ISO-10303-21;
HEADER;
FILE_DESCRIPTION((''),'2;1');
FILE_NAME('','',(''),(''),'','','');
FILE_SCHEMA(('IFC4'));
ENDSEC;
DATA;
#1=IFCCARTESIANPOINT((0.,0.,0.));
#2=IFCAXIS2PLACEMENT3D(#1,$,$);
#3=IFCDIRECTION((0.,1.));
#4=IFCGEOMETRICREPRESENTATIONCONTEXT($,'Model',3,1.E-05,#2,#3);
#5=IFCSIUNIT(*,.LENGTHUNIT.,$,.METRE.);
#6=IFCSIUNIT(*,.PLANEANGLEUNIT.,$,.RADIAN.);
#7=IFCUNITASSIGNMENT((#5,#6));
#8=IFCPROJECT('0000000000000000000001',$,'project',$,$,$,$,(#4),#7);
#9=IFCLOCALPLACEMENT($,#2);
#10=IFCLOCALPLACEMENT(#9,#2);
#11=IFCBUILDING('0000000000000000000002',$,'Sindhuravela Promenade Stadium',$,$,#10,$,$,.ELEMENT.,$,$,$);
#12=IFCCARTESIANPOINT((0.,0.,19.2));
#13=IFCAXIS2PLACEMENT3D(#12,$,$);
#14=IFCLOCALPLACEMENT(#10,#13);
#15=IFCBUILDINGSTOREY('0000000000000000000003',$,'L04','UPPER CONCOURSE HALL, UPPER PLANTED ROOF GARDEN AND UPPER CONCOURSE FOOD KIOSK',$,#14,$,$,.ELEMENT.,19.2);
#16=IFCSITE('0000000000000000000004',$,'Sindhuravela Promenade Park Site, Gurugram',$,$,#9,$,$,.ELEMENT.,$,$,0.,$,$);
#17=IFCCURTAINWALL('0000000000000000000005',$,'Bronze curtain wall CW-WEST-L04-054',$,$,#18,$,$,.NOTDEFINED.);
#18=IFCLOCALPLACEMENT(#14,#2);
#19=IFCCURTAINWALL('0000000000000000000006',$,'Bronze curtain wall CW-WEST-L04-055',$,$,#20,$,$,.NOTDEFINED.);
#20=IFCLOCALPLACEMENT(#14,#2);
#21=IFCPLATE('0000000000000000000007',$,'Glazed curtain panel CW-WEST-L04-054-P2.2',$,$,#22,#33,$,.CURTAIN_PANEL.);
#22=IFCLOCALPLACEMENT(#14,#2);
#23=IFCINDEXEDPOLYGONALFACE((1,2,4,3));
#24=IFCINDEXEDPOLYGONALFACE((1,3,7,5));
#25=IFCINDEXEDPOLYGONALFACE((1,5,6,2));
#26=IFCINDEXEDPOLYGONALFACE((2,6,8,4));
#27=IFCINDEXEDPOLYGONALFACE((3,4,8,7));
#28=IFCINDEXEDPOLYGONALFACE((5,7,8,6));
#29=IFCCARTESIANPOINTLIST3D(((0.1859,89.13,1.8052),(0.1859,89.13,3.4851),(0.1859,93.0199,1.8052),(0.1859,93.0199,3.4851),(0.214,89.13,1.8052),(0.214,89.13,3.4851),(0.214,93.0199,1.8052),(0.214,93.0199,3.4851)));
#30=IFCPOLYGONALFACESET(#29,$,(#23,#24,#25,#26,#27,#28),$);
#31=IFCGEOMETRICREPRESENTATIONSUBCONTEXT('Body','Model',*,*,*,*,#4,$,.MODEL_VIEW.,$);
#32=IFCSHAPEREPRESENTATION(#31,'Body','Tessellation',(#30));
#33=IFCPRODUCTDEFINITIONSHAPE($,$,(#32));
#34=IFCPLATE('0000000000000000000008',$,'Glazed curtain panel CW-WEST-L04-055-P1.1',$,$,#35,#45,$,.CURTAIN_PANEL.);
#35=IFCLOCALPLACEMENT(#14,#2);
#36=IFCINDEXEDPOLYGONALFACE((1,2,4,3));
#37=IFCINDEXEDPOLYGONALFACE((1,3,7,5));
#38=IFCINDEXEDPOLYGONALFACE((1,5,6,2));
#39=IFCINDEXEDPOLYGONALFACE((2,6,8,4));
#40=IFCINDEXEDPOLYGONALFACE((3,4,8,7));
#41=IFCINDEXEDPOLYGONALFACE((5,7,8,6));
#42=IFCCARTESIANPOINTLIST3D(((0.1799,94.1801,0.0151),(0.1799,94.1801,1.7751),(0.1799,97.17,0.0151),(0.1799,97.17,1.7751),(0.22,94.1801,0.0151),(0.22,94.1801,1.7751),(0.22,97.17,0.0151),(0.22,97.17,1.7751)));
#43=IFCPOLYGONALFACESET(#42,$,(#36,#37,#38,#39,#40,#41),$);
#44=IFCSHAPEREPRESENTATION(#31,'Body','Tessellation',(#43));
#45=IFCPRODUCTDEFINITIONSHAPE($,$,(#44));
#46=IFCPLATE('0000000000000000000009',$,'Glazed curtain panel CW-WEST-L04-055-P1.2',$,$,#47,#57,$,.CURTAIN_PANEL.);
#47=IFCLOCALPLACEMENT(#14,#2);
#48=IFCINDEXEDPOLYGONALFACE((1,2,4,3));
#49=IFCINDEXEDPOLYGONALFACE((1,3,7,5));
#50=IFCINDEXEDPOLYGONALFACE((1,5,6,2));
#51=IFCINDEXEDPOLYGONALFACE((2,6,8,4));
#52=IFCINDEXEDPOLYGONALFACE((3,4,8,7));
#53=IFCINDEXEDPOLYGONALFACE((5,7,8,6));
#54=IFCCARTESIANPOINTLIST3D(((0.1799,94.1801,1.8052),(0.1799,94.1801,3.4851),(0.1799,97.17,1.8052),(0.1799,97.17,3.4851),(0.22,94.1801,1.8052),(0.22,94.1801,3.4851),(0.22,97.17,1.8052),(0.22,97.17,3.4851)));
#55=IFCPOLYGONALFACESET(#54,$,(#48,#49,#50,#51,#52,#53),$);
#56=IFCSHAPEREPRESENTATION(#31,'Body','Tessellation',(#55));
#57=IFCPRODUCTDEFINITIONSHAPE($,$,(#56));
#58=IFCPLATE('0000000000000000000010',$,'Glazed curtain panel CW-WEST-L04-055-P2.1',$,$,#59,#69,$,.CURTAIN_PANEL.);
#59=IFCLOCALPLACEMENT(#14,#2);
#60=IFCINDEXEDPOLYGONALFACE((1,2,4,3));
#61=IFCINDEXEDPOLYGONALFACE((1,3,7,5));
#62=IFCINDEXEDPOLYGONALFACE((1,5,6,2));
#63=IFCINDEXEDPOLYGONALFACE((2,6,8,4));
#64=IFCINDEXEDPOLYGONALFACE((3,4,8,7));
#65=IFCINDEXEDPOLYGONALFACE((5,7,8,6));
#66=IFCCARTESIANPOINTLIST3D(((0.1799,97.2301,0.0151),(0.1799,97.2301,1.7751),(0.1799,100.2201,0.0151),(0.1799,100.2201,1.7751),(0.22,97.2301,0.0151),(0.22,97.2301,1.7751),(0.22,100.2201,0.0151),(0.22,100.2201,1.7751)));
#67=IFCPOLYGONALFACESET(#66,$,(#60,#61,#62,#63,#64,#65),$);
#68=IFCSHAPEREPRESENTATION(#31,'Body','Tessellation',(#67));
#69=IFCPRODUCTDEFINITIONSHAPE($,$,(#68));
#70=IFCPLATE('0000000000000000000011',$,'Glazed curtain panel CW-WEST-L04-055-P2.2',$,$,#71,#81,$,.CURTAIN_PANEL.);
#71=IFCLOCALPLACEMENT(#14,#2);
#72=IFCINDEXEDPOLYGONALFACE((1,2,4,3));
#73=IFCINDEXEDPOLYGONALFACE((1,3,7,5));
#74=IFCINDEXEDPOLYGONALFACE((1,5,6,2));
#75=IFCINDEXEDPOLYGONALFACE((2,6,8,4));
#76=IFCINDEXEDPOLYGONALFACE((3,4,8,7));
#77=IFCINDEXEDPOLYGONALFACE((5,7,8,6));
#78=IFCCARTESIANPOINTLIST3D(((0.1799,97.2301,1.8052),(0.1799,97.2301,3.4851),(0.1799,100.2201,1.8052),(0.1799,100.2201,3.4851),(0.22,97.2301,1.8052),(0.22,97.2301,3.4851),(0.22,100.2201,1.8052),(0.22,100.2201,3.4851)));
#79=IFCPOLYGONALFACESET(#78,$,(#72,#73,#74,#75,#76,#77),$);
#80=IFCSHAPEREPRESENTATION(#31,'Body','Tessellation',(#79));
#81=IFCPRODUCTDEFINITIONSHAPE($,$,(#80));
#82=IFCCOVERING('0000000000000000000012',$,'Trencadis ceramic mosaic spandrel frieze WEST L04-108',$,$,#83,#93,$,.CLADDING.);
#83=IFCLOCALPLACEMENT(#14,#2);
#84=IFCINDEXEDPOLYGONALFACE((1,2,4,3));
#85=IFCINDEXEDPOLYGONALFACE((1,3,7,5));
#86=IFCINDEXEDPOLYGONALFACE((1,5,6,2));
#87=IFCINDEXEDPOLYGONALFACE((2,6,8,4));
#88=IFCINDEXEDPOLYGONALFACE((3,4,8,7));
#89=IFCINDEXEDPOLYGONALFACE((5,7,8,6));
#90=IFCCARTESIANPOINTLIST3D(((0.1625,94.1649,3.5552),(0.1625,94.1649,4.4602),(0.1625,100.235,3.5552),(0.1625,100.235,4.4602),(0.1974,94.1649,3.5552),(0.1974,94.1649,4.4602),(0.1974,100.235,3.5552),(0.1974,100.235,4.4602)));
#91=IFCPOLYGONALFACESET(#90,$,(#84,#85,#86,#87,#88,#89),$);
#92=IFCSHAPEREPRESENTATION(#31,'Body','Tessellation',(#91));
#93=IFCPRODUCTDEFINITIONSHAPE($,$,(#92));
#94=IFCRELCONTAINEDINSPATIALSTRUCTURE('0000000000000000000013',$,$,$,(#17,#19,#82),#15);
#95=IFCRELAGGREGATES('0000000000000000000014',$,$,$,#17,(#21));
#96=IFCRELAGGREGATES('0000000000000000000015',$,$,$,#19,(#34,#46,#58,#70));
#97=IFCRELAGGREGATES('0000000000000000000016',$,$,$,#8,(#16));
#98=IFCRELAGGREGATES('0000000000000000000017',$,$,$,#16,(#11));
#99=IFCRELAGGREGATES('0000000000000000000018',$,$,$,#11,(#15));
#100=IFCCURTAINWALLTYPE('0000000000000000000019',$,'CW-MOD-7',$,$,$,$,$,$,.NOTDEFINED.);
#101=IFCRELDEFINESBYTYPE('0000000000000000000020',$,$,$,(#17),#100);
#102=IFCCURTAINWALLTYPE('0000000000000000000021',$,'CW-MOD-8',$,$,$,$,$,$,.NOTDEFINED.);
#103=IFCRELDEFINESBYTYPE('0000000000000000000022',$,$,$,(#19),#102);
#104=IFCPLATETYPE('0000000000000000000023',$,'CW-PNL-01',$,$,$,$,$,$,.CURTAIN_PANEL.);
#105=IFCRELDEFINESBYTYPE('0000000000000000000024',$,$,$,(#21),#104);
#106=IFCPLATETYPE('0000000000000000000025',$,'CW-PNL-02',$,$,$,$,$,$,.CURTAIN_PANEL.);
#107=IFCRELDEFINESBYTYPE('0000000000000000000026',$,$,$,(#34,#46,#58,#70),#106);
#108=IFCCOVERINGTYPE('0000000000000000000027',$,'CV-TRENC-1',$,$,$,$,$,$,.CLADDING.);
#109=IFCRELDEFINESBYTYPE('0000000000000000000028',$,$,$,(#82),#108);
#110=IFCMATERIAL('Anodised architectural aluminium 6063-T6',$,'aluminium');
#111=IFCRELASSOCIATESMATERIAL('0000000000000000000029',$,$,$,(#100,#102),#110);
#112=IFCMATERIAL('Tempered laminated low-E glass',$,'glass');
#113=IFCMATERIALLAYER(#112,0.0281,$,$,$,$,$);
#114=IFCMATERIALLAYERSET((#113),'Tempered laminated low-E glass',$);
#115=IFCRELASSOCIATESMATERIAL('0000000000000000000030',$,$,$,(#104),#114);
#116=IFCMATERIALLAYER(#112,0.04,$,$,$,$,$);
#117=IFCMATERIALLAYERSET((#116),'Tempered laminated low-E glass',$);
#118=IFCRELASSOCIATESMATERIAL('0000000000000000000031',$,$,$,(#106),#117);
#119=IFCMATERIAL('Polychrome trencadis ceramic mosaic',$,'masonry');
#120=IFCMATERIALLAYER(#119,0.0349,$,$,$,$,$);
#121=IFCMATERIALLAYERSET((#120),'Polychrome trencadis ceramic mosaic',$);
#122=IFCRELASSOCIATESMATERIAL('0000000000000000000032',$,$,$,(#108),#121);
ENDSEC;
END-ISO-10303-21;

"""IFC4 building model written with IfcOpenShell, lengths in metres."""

from ifc_helpers import new_model, si_unit, direction, frame, origin, origin_2d, place, context, subcontext, project, spatial, rectangle, extrude, material, layer, layer_set, type_object, element, aggregate, save


model = new_model("IFC4")

# Units and contexts
model_context = context("Model", 3, precision=1e-05, world=origin(), true_north=direction((0.0, 1.0)))
body_context = subcontext(model_context, "Body", "Model", "MODEL_VIEW")
ifc_project = project(units=[si_unit("LENGTHUNIT", "METRE"), si_unit("PLANEANGLEUNIT", "RADIAN")], contexts=[model_context])

# Site, building, storey
site_placement = place(None, origin())
site = spatial("IfcSite", under=ifc_project, at=site_placement, Name="Sindhuravela Promenade Park Site, Gurugram", CompositionType="ELEMENT", RefElevation=0.0)
building_placement = place(site_placement, origin())
building = spatial("IfcBuilding", under=site, at=building_placement, Name="Sindhuravela Promenade Stadium", CompositionType="ELEMENT")
storey_placement = place(building_placement, frame((0.0, 0.0, 19.2)))
storey = spatial("IfcBuildingStorey", under=building, at=storey_placement, Name="L04", Description="UPPER CONCOURSE HALL, UPPER PLANTED ROOF GARDEN AND UPPER CONCOURSE FOOD KIOSK", CompositionType="ELEMENT", Elevation=19.2)

# Curtain wall
ifc_material_1 = material(Name="Anodised architectural aluminium 6063-T6", Category="aluminium")
curtain_wall_type_1 = type_object("IfcCurtainWallType", Name="CW-MOD-7", PredefinedType="NOTDEFINED", material=ifc_material_1)
curtain_wall_1_placement = place(storey_placement, origin())
curtain_wall_1 = element("IfcCurtainWall", 1, at=curtain_wall_1_placement, inside=storey, type_object=curtain_wall_type_1, Name="Bronze curtain wall CW-WEST-L04-054", PredefinedType="NOTDEFINED")

# Curtain wall
curtain_wall_type_2 = type_object("IfcCurtainWallType", Name="CW-MOD-8", PredefinedType="NOTDEFINED", material=ifc_material_1)
curtain_wall_2_placement = place(storey_placement, origin())
curtain_wall_2 = element("IfcCurtainWall", 2, at=curtain_wall_2_placement, inside=storey, type_object=curtain_wall_type_2, Name="Bronze curtain wall CW-WEST-L04-055", PredefinedType="NOTDEFINED")

# Plates
ifc_material_2 = material(Name="Tempered laminated low-E glass", Category="glass")
ifc_layer_1 = layer(ifc_material_2, 0.0281)
ifc_layer_set_1 = layer_set([ifc_layer_1], Name="Tempered laminated low-E glass")
plate_type_1 = type_object("IfcPlateType", Name="CW-PNL-01", PredefinedType="CURTAIN_PANEL", material=ifc_layer_set_1)
plate_1_placement = place(storey_placement, frame((0.2, 91.075, 1.8052), z_axis=(0.0, 0.0, 1.0), x_axis=(0.0, 1.0, 0.0)))
plate_1 = element("IfcPlate", 3, at=plate_1_placement, type_object=plate_type_1, Name="Glazed curtain panel CW-WEST-L04-054-P2.2", PredefinedType="CURTAIN_PANEL", context=body_context, shape_type="SweptSolid", body=[
    extrude(rectangle(XDim=3.8899, YDim=0.0281, at=origin_2d()), origin(), (0.0, 0.0, 1.0), 1.6799),
])
aggregate(curtain_wall_1, [plate_1])
ifc_layer_2 = layer(ifc_material_2, 0.04)
ifc_layer_set_2 = layer_set([ifc_layer_2], Name="Tempered laminated low-E glass")
plate_type_2 = type_object("IfcPlateType", Name="CW-PNL-02", PredefinedType="CURTAIN_PANEL", material=ifc_layer_set_2)
plate_2_placement = place(storey_placement, frame((0.2, 95.675, 0.0151), z_axis=(0.0, 0.0, 1.0), x_axis=(0.0, 1.0, 0.0)))
plate_2 = element("IfcPlate", 4, at=plate_2_placement, type_object=plate_type_2, Name="Glazed curtain panel CW-WEST-L04-055-P1.1", PredefinedType="CURTAIN_PANEL", context=body_context, shape_type="SweptSolid", body=[
    extrude(rectangle(XDim=2.99, YDim=0.04, at=origin_2d()), origin(), (0.0, 0.0, 1.0), 1.76),
])
plate_3_placement = place(storey_placement, frame((0.2, 95.675, 1.8052), z_axis=(0.0, 0.0, 1.0), x_axis=(0.0, 1.0, 0.0)))
plate_3 = element("IfcPlate", 5, at=plate_3_placement, type_object=plate_type_2, Name="Glazed curtain panel CW-WEST-L04-055-P1.2", PredefinedType="CURTAIN_PANEL", context=body_context, shape_type="SweptSolid", body=[
    extrude(rectangle(XDim=2.99, YDim=0.04, at=origin_2d()), origin(), (0.0, 0.0, 1.0), 1.6799),
])
plate_4_placement = place(storey_placement, frame((0.2, 98.7251, 0.0151), z_axis=(0.0, 0.0, 1.0), x_axis=(0.0, 1.0, 0.0)))
plate_4 = element("IfcPlate", 6, at=plate_4_placement, type_object=plate_type_2, Name="Glazed curtain panel CW-WEST-L04-055-P2.1", PredefinedType="CURTAIN_PANEL", context=body_context, shape_type="SweptSolid", body=[
    extrude(rectangle(XDim=2.99, YDim=0.04, at=origin_2d()), origin(), (0.0, 0.0, 1.0), 1.76),
])
plate_5_placement = place(storey_placement, frame((0.2, 98.7251, 1.8052), z_axis=(0.0, 0.0, 1.0), x_axis=(0.0, 1.0, 0.0)))
plate_5 = element("IfcPlate", 7, at=plate_5_placement, type_object=plate_type_2, Name="Glazed curtain panel CW-WEST-L04-055-P2.2", PredefinedType="CURTAIN_PANEL", context=body_context, shape_type="SweptSolid", body=[
    extrude(rectangle(XDim=2.99, YDim=0.04, at=origin_2d()), origin(), (0.0, 0.0, 1.0), 1.6799),
])
aggregate(curtain_wall_2, [plate_2, plate_3, plate_4, plate_5])

# Covering
ifc_material_3 = material(Name="Polychrome trencadis ceramic mosaic", Category="masonry")
ifc_layer_3 = layer(ifc_material_3, 0.0349)
ifc_layer_set_3 = layer_set([ifc_layer_3], Name="Polychrome trencadis ceramic mosaic")
covering_type = type_object("IfcCoveringType", Name="CV-TRENC-1", PredefinedType="CLADDING", material=ifc_layer_set_3)
covering_placement = place(storey_placement, frame((0.1799, 97.2, 3.5552), z_axis=(0.0, 0.0, 1.0), x_axis=(0.0, 1.0, 0.0)))
element("IfcCovering", 8, at=covering_placement, inside=storey, type_object=covering_type, Name="Trencadis ceramic mosaic spandrel frieze WEST L04-108", PredefinedType="CLADDING", context=body_context, shape_type="SweptSolid", body=[
    extrude(rectangle(XDim=6.0701, YDim=0.0349, at=origin_2d()), origin(), (0.0, 0.0, 1.0), 0.905),
])

save(model, "model.ifc")
